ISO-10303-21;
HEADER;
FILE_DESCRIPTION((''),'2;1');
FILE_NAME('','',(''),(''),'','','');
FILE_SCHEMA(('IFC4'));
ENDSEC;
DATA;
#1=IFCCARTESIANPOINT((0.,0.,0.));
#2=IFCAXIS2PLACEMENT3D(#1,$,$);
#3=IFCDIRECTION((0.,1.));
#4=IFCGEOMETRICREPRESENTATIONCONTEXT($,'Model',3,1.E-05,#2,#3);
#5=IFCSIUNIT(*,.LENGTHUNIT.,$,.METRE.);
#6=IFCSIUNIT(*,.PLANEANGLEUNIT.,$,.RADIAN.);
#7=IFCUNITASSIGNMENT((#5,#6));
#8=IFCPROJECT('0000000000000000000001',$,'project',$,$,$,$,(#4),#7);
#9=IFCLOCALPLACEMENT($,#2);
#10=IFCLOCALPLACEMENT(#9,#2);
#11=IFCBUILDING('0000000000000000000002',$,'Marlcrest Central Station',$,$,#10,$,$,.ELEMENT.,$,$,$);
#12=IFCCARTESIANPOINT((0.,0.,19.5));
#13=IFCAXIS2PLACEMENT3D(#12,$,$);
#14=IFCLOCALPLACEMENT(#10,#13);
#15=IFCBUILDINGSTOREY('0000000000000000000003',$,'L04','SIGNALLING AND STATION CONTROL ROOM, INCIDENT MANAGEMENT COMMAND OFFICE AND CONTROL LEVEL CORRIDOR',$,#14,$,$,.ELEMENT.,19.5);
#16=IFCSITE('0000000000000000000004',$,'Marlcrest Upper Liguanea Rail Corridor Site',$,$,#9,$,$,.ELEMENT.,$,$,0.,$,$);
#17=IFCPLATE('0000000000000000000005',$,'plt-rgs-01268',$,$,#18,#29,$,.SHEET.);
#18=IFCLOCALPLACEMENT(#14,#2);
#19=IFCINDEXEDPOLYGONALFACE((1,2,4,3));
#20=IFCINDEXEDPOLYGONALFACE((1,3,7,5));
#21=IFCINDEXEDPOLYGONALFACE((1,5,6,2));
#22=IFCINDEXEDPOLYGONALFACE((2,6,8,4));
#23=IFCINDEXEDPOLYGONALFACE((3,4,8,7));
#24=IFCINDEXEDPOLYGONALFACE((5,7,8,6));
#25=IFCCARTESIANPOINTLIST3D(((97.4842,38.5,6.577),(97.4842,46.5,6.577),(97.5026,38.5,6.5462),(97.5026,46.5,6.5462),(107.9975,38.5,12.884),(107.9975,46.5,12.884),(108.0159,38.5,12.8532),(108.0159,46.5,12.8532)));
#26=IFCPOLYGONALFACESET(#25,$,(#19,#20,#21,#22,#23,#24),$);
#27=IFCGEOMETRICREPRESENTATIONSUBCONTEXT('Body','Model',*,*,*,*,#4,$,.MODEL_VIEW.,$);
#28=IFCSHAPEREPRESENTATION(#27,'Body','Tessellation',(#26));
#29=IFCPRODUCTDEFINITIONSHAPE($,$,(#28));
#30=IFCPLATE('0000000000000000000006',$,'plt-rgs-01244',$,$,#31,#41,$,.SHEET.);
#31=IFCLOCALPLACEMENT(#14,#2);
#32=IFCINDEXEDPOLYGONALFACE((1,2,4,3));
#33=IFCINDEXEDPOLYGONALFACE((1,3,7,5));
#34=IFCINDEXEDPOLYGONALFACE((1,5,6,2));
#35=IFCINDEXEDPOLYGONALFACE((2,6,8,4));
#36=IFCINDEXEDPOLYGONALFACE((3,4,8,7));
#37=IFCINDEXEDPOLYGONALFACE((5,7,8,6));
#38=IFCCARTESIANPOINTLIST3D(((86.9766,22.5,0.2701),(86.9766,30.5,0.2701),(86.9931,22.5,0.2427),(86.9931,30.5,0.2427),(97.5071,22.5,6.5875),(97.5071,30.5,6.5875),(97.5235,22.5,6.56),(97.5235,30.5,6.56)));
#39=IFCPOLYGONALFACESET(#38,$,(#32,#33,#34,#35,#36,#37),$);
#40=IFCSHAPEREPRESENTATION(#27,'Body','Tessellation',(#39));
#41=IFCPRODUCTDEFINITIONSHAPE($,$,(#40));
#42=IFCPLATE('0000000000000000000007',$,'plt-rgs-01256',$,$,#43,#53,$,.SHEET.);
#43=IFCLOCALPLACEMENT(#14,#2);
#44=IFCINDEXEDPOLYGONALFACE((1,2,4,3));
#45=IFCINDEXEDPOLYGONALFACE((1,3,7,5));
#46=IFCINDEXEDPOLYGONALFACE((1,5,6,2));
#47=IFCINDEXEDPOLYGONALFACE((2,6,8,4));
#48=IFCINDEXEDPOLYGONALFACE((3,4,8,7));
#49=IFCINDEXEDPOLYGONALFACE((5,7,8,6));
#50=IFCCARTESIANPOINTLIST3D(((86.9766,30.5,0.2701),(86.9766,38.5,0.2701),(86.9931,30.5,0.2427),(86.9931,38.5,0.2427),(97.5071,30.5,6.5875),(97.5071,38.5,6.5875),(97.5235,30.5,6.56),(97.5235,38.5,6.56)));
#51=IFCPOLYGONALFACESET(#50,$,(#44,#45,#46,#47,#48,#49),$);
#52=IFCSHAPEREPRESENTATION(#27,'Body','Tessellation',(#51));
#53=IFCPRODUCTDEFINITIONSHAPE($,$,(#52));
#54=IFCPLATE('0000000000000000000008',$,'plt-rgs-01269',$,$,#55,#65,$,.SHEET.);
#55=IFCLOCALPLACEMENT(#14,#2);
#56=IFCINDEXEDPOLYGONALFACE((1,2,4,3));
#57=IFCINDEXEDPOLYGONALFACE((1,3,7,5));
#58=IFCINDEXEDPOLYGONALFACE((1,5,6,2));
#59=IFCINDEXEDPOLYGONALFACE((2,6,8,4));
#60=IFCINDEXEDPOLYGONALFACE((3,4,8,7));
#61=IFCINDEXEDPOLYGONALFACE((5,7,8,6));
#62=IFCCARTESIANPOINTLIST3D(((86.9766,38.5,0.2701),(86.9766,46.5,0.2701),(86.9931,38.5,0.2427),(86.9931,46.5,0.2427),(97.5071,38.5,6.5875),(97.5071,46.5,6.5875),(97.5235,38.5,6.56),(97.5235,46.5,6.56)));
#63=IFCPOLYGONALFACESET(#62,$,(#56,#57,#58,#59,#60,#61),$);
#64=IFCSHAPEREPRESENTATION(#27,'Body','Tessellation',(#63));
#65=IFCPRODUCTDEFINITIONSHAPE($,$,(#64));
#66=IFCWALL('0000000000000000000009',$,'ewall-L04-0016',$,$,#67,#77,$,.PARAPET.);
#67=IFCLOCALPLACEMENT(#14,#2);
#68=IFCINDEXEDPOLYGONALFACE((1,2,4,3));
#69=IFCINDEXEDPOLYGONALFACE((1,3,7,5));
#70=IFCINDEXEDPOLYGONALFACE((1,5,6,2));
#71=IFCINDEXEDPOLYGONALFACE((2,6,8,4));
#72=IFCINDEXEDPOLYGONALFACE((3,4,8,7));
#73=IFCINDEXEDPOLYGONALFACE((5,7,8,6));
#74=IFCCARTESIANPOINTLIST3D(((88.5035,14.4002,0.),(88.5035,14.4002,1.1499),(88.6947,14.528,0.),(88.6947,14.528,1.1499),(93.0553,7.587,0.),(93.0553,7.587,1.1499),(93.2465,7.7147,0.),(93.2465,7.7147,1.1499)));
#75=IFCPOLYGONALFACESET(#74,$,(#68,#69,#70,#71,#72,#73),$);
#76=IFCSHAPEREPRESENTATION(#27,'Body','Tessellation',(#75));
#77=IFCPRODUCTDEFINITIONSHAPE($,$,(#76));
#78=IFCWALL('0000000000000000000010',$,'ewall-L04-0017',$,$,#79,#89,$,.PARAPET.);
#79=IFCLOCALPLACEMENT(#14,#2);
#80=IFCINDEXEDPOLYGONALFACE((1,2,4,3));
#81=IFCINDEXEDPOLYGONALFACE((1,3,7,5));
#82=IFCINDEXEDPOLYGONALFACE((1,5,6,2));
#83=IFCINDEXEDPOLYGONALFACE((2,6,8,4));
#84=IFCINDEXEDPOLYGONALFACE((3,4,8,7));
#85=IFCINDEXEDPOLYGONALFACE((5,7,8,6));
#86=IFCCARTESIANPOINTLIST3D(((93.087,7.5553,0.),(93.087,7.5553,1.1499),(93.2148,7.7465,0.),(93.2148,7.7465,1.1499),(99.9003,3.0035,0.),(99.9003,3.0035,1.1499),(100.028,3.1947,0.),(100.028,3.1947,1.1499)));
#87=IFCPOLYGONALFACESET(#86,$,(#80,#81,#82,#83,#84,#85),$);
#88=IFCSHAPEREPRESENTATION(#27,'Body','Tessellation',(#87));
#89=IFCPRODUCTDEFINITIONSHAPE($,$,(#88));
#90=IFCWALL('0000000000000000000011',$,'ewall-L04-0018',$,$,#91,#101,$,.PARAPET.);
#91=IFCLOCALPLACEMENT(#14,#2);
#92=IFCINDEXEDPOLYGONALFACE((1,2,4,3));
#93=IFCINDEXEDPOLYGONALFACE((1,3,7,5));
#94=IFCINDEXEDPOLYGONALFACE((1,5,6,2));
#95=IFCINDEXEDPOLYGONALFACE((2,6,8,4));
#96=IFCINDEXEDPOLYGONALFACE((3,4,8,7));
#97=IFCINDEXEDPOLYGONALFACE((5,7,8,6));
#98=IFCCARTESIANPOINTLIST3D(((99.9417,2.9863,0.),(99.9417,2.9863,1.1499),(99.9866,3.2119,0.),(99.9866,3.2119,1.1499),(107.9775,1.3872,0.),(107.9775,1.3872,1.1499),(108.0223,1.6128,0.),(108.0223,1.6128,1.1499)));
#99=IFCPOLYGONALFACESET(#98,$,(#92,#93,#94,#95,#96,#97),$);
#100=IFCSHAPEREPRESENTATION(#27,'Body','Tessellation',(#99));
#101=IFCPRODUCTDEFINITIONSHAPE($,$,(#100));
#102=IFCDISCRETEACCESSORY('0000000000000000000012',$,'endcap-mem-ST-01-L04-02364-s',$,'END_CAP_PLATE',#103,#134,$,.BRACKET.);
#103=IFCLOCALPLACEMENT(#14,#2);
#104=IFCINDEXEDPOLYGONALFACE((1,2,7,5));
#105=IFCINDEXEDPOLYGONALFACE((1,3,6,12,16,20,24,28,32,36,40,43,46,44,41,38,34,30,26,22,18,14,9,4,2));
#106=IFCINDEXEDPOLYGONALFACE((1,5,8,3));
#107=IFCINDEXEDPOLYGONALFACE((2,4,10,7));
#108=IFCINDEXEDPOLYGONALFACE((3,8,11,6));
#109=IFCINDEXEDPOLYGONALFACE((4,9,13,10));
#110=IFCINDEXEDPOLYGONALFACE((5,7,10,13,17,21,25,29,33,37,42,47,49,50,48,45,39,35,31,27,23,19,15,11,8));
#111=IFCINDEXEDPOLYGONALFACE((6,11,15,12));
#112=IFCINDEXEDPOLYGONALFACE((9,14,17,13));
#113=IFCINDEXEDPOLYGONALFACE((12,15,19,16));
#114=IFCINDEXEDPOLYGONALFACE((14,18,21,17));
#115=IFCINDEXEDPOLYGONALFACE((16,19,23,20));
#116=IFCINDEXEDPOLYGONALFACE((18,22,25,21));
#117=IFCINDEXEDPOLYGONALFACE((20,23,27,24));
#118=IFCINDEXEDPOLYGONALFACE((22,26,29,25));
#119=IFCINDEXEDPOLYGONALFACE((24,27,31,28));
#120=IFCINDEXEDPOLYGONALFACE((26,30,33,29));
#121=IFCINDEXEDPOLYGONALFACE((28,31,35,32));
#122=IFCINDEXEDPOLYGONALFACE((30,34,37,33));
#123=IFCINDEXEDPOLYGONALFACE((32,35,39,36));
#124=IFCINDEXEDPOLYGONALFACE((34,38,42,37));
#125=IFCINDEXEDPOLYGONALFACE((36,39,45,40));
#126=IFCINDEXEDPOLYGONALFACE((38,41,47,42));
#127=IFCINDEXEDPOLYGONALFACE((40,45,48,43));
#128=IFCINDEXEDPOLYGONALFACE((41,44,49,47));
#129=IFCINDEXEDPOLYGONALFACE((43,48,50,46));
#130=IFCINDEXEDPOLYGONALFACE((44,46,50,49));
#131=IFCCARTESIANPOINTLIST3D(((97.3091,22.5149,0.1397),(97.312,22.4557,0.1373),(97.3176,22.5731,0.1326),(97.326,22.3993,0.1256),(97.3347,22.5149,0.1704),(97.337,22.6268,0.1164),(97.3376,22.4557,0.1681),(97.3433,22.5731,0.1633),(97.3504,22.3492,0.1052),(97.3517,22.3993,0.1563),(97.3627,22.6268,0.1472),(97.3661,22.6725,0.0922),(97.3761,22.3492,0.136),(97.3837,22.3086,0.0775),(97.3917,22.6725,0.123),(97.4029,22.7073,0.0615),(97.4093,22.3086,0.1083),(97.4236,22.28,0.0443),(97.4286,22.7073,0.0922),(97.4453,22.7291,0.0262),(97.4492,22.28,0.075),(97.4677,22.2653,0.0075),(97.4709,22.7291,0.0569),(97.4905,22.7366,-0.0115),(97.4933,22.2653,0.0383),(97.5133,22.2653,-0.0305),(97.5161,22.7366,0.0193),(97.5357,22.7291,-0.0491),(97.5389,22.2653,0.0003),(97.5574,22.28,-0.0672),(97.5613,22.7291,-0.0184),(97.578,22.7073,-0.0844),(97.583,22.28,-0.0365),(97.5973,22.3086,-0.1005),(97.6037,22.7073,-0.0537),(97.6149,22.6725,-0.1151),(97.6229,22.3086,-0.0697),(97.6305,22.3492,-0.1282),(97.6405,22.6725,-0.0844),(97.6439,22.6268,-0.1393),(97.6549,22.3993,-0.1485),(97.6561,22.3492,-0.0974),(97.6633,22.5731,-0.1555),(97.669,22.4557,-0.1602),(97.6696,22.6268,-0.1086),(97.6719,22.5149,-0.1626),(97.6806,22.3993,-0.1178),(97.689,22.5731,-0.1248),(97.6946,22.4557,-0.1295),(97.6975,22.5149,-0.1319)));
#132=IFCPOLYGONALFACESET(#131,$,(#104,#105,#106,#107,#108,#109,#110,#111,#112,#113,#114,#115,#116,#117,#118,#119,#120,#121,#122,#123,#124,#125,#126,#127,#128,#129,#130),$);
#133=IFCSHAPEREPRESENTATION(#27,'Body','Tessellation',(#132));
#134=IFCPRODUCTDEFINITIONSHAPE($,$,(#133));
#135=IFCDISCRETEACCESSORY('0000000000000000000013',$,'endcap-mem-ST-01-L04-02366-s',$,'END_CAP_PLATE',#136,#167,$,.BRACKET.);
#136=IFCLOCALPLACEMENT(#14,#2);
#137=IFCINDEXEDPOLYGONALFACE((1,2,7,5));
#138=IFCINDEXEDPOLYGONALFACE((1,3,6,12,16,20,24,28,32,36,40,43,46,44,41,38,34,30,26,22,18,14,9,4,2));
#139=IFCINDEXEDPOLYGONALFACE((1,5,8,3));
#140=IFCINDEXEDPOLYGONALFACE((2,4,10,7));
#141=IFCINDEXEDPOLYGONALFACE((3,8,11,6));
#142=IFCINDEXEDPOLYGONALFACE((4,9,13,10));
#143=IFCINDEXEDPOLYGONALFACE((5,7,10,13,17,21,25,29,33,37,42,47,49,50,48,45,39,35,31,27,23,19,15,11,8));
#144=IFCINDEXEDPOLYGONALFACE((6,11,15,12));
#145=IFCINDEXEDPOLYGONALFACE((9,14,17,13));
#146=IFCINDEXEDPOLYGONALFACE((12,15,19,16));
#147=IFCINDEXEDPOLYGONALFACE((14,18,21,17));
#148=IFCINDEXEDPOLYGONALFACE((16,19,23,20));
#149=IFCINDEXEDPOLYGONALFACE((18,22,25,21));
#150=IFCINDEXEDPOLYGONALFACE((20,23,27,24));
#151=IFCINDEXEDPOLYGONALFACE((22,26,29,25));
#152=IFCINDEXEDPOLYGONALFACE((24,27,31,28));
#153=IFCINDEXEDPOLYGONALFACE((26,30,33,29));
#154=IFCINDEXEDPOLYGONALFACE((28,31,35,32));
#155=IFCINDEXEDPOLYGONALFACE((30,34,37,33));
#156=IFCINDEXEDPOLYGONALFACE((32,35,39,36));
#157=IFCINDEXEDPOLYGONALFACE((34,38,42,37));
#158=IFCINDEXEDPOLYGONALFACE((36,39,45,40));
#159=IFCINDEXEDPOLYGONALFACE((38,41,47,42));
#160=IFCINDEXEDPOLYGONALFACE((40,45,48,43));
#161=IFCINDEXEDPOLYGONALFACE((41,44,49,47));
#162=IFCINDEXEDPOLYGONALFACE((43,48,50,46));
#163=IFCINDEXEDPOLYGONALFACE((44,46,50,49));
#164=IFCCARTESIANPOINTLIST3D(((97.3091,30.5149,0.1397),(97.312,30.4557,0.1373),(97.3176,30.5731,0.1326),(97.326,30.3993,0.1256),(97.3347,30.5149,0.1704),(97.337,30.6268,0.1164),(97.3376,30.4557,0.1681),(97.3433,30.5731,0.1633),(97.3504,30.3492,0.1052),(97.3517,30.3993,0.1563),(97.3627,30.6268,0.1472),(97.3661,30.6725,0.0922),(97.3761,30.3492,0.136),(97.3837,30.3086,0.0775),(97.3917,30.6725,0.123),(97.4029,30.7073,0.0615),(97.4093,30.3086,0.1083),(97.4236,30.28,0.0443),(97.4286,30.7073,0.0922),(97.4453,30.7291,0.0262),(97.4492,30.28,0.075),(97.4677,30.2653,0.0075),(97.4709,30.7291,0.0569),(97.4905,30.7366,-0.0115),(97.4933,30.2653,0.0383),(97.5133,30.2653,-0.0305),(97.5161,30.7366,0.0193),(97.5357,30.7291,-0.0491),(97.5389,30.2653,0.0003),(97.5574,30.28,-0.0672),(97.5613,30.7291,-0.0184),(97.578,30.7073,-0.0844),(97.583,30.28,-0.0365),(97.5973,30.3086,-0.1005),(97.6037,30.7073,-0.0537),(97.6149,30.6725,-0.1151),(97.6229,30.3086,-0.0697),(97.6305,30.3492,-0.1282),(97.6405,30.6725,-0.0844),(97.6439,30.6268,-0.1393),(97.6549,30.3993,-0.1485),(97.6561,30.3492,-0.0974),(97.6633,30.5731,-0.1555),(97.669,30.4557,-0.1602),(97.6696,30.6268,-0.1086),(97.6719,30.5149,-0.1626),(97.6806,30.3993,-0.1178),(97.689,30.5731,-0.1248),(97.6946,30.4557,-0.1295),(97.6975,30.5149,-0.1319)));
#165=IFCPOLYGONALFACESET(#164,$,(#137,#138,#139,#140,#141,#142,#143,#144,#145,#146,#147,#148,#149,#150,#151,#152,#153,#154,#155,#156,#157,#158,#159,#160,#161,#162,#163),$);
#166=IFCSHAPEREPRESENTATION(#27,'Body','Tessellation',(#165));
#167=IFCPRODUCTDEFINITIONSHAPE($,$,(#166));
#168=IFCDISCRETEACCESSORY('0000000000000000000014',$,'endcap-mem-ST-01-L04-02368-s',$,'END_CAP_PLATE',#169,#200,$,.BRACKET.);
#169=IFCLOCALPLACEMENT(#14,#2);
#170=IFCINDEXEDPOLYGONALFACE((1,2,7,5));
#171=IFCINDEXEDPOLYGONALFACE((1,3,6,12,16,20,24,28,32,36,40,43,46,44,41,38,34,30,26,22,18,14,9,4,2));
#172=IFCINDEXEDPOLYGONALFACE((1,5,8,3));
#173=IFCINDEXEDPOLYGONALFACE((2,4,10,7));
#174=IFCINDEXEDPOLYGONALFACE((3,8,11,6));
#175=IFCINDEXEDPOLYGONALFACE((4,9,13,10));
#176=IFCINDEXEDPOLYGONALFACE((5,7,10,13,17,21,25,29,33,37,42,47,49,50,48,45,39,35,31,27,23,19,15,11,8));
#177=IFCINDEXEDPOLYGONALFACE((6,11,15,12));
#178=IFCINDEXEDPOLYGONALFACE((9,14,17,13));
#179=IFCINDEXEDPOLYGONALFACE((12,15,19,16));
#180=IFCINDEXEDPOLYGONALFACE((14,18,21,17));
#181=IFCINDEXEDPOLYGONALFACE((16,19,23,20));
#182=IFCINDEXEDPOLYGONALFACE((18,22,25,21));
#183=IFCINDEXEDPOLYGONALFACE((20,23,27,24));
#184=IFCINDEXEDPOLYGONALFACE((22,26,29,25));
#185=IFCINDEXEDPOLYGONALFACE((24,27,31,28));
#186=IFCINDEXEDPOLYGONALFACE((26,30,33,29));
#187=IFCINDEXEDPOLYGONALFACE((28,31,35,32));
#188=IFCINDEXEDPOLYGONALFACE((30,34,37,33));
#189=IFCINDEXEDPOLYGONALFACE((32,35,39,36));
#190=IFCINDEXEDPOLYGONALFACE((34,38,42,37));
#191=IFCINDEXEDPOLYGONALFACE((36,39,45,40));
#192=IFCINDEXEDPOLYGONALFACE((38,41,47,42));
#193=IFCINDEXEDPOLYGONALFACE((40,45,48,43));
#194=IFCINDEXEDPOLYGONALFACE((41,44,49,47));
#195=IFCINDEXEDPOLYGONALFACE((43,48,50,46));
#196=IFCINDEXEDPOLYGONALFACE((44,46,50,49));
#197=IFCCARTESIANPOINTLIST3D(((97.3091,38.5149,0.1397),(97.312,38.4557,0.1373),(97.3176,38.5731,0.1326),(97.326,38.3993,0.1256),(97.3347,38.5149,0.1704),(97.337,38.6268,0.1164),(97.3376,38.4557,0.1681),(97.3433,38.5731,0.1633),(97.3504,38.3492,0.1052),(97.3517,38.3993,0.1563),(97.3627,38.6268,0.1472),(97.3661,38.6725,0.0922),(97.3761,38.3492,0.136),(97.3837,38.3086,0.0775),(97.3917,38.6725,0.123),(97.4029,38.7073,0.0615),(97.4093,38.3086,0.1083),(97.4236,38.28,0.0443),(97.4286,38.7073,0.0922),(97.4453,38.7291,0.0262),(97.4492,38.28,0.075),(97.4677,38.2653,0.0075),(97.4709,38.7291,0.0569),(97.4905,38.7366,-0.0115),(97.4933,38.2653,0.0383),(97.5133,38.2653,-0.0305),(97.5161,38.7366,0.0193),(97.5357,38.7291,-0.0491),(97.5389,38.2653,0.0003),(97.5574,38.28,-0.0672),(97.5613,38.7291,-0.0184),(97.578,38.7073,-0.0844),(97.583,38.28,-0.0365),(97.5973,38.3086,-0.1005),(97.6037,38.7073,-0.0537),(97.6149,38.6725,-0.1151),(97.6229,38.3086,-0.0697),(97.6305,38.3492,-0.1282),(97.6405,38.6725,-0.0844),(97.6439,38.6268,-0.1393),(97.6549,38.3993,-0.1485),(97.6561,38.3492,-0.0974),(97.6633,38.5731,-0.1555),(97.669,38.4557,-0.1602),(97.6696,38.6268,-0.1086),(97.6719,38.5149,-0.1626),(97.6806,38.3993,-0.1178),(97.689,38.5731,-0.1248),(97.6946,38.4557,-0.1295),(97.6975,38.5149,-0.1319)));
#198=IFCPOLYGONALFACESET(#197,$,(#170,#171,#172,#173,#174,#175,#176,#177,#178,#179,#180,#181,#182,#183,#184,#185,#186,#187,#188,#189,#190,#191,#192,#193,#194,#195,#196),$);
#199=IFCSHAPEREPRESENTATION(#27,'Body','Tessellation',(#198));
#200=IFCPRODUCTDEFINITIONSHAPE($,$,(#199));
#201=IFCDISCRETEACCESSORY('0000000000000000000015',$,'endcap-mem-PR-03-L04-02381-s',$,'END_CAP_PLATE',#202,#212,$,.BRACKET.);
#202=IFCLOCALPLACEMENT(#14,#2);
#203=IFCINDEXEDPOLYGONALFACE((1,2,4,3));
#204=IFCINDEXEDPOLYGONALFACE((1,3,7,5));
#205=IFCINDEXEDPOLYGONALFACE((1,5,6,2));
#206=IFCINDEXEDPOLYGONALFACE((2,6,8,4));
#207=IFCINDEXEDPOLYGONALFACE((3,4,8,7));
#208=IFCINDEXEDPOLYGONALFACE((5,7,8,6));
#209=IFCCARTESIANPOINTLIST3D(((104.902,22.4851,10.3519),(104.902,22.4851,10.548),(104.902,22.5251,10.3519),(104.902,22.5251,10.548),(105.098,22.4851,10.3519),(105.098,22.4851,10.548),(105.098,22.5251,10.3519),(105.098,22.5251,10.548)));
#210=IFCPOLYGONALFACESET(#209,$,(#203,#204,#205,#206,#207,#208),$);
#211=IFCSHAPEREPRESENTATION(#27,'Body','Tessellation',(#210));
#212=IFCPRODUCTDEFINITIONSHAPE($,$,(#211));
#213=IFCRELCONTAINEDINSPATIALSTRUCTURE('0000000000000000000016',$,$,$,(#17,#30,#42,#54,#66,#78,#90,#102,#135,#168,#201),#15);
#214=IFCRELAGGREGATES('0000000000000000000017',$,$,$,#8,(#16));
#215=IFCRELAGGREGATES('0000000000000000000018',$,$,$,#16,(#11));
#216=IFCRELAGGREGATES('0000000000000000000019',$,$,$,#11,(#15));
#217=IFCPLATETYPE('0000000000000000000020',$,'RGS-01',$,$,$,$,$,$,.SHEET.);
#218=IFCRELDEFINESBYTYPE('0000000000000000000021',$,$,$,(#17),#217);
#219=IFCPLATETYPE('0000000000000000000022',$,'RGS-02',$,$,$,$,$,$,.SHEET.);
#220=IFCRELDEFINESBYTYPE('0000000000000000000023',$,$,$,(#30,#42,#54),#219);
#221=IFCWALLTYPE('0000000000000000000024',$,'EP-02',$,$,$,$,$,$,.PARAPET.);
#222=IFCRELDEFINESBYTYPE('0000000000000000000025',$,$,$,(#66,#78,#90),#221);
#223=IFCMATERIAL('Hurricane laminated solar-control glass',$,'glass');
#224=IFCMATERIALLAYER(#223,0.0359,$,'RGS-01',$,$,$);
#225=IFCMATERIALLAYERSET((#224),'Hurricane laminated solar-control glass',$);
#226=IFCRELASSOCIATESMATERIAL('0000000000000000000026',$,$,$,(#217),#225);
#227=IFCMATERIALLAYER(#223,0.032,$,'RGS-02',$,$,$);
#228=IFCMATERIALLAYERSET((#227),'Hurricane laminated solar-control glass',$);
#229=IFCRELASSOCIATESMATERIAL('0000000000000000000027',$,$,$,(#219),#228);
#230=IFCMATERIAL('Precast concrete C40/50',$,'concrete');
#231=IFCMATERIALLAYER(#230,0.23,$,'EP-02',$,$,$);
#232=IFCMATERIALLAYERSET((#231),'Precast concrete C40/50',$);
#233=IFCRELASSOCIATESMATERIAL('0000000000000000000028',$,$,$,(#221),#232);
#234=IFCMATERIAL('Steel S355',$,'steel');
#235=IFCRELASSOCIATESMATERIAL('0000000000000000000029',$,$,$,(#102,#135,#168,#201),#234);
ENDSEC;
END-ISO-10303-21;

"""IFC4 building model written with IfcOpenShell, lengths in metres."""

from ifc_helpers import new_model, si_unit, direction, frame, frame_2d, origin, origin_2d, place, context, subcontext, project, spatial, rectangle, circle, extrude, material, layer, layer_set, type_object, element, save


model = new_model("IFC4")

# Units and contexts
model_context = context("Model", 3, precision=1e-05, world=origin(), true_north=direction((0.0, 1.0)))
body_context = subcontext(model_context, "Body", "Model", "MODEL_VIEW")
ifc_project = project(units=[si_unit("LENGTHUNIT", "METRE"), si_unit("PLANEANGLEUNIT", "RADIAN")], contexts=[model_context])

# Site, building, storey
site_placement = place(None, origin())
site = spatial("IfcSite", under=ifc_project, at=site_placement, Name="Marlcrest Upper Liguanea Rail Corridor Site", CompositionType="ELEMENT", RefElevation=0.0)
building_placement = place(site_placement, origin())
building = spatial("IfcBuilding", under=site, at=building_placement, Name="Marlcrest Central Station", CompositionType="ELEMENT")
storey_placement = place(building_placement, frame((0.0, 0.0, 19.5)))
storey = spatial("IfcBuildingStorey", under=building, at=storey_placement, Name="L04", Description="SIGNALLING AND STATION CONTROL ROOM, INCIDENT MANAGEMENT COMMAND OFFICE AND CONTROL LEVEL CORRIDOR", CompositionType="ELEMENT", Elevation=19.5)

# Plates
ifc_material_1 = material(Name="Hurricane laminated solar-control glass", Category="glass")
ifc_layer_1 = layer(ifc_material_1, 0.0359, Name="RGS-01")
ifc_layer_set_1 = layer_set([ifc_layer_1], Name="Hurricane laminated solar-control glass")
plate_type_1 = type_object("IfcPlateType", Name="RGS-01", PredefinedType="SHEET", material=ifc_layer_set_1)
for number, where, z_axis, x_axis, name in (
    (1, (102.7593, 42.5, 9.6997), (-0.51444, 0.0, 0.857527), (0.857527, 0.0, 0.51444), "plt-rgs-01268"),
):
    element("IfcPlate", number, at=place(storey_placement, frame(where, z_axis=z_axis, x_axis=x_axis)), inside=storey, type_object=plate_type_1, Name=name, PredefinedType="SHEET", context=body_context, shape_type="SweptSolid", body=[
        extrude(rectangle(XDim=12.26, YDim=8.0, at=origin_2d()), origin(), (0.0, 0.0, 1.0), 0.0359),
    ])
ifc_layer_2 = layer(ifc_material_1, 0.032, Name="RGS-02")
ifc_layer_set_2 = layer_set([ifc_layer_2], Name="Hurricane laminated solar-control glass")
plate_type_2 = type_object("IfcPlateType", Name="RGS-02", PredefinedType="SHEET", material=ifc_layer_set_2)
for number, where, z_axis, x_axis, name in (
    (2, (92.2583, 26.5, 3.4014), (-0.51444, 0.0, 0.857527), (0.857527, 0.0, 0.51444), "plt-rgs-01244"),
    (3, (92.2583, 34.5, 3.4014), (-0.51444, 0.0, 0.857527), (0.857527, 0.0, 0.51444), "plt-rgs-01256"),
    (4, (92.2583, 42.5, 3.4014), (-0.51444, 0.0, 0.857527), (0.857527, 0.0, 0.51444), "plt-rgs-01269"),
):
    element("IfcPlate", number, at=place(storey_placement, frame(where, z_axis=z_axis, x_axis=x_axis)), inside=storey, type_object=plate_type_2, Name=name, PredefinedType="SHEET", context=body_context, shape_type="SweptSolid", body=[
        extrude(rectangle(XDim=12.28, YDim=8.0, at=origin_2d()), origin(), (0.0, 0.0, 1.0), 0.032),
    ])

# Walls
ifc_material_2 = material(Name="Precast concrete C40/50", Category="concrete")
ifc_layer_3 = layer(ifc_material_2, 0.23, Name="EP-02")
ifc_layer_set_3 = layer_set([ifc_layer_3], Name="Precast concrete C40/50")
wall_type = type_object("IfcWallType", Name="EP-02", PredefinedType="PARAPET", material=ifc_layer_set_3)
for number, where, z_axis, x_axis, name in (
    (5, (88.5991, 14.4641, 0.0), (0.0, 0.0, 1.0), (0.555511, -0.831509, 0.0), "ewall-L04-0016"),
    (6, (93.1509, 7.6509, 0.0), (0.0, 0.0, 1.0), (0.831509, -0.555511, 0.0), "ewall-L04-0017"),
):
    element("IfcWall", number, at=place(storey_placement, frame(where, z_axis=z_axis, x_axis=x_axis)), inside=storey, type_object=wall_type, Name=name, PredefinedType="PARAPET", context=body_context, shape_type="SweptSolid", body=[
        extrude(rectangle(XDim=8.1938, YDim=0.23, at=frame_2d((4.0969, 0.0))), origin(), (0.0, 0.0, 1.0), 1.1499),
    ])
wall_placement = place(storey_placement, frame((99.9641, 3.0991, 0.0), z_axis=(0.0, 0.0, 1.0), x_axis=(0.980769, -0.195171, 0.0)))
element("IfcWall", 7, at=wall_placement, inside=storey, type_object=wall_type, Name="ewall-L04-0018", PredefinedType="PARAPET", context=body_context, shape_type="SweptSolid", body=[
    extrude(rectangle(XDim=8.1934, YDim=0.23, at=frame_2d((4.0967, 0.0))), origin(), (0.0, 0.0, 1.0), 1.1499),
])

# Discrete accessories
ifc_material_3 = material(Name="Steel S355", Category="steel")
for number, where, z_axis, x_axis, name in (
    (8, (97.4905, 22.5, -0.0115), (0.640181, 0.0, 0.768224), (0.0, 1.0, 0.0), "endcap-mem-ST-01-L04-02364-s"),
    (9, (97.4905, 30.5, -0.0115), (0.640181, 0.0, 0.768224), (0.0, 1.0, 0.0), "endcap-mem-ST-01-L04-02366-s"),
    (10, (97.4905, 38.5, -0.0115), (0.640181, 0.0, 0.768224), (0.0, 1.0, 0.0), "endcap-mem-ST-01-L04-02368-s"),
):
    element("IfcDiscreteAccessory", number, at=place(storey_placement, frame(where, z_axis=z_axis, x_axis=x_axis)), inside=storey, material=ifc_material_3, Name=name, ObjectType="END_CAP_PLATE", PredefinedType="BRACKET", context=body_context, shape_type="SweptSolid", body=[
        extrude(circle(Radius=0.2366, at=origin_2d()), origin(), (0.0, 0.0, 1.0), 0.04),
    ])
for number, where, z_axis, x_axis, name in (
    (11, (105.0, 22.4851, 10.45), (0.0, 1.0, 0.0), (-1.0, 0.0, 0.0), "endcap-mem-PR-03-L04-02381-s"),
):
    element("IfcDiscreteAccessory", number, at=place(storey_placement, frame(where, z_axis=z_axis, x_axis=x_axis)), inside=storey, material=ifc_material_3, Name=name, ObjectType="END_CAP_PLATE", PredefinedType="BRACKET", context=body_context, shape_type="SweptSolid", body=[
        extrude(rectangle(XDim=0.196, YDim=0.196, at=origin_2d()), origin(), (0.0, 0.0, 1.0), 0.04),
    ])

save(model, "model.ifc")
